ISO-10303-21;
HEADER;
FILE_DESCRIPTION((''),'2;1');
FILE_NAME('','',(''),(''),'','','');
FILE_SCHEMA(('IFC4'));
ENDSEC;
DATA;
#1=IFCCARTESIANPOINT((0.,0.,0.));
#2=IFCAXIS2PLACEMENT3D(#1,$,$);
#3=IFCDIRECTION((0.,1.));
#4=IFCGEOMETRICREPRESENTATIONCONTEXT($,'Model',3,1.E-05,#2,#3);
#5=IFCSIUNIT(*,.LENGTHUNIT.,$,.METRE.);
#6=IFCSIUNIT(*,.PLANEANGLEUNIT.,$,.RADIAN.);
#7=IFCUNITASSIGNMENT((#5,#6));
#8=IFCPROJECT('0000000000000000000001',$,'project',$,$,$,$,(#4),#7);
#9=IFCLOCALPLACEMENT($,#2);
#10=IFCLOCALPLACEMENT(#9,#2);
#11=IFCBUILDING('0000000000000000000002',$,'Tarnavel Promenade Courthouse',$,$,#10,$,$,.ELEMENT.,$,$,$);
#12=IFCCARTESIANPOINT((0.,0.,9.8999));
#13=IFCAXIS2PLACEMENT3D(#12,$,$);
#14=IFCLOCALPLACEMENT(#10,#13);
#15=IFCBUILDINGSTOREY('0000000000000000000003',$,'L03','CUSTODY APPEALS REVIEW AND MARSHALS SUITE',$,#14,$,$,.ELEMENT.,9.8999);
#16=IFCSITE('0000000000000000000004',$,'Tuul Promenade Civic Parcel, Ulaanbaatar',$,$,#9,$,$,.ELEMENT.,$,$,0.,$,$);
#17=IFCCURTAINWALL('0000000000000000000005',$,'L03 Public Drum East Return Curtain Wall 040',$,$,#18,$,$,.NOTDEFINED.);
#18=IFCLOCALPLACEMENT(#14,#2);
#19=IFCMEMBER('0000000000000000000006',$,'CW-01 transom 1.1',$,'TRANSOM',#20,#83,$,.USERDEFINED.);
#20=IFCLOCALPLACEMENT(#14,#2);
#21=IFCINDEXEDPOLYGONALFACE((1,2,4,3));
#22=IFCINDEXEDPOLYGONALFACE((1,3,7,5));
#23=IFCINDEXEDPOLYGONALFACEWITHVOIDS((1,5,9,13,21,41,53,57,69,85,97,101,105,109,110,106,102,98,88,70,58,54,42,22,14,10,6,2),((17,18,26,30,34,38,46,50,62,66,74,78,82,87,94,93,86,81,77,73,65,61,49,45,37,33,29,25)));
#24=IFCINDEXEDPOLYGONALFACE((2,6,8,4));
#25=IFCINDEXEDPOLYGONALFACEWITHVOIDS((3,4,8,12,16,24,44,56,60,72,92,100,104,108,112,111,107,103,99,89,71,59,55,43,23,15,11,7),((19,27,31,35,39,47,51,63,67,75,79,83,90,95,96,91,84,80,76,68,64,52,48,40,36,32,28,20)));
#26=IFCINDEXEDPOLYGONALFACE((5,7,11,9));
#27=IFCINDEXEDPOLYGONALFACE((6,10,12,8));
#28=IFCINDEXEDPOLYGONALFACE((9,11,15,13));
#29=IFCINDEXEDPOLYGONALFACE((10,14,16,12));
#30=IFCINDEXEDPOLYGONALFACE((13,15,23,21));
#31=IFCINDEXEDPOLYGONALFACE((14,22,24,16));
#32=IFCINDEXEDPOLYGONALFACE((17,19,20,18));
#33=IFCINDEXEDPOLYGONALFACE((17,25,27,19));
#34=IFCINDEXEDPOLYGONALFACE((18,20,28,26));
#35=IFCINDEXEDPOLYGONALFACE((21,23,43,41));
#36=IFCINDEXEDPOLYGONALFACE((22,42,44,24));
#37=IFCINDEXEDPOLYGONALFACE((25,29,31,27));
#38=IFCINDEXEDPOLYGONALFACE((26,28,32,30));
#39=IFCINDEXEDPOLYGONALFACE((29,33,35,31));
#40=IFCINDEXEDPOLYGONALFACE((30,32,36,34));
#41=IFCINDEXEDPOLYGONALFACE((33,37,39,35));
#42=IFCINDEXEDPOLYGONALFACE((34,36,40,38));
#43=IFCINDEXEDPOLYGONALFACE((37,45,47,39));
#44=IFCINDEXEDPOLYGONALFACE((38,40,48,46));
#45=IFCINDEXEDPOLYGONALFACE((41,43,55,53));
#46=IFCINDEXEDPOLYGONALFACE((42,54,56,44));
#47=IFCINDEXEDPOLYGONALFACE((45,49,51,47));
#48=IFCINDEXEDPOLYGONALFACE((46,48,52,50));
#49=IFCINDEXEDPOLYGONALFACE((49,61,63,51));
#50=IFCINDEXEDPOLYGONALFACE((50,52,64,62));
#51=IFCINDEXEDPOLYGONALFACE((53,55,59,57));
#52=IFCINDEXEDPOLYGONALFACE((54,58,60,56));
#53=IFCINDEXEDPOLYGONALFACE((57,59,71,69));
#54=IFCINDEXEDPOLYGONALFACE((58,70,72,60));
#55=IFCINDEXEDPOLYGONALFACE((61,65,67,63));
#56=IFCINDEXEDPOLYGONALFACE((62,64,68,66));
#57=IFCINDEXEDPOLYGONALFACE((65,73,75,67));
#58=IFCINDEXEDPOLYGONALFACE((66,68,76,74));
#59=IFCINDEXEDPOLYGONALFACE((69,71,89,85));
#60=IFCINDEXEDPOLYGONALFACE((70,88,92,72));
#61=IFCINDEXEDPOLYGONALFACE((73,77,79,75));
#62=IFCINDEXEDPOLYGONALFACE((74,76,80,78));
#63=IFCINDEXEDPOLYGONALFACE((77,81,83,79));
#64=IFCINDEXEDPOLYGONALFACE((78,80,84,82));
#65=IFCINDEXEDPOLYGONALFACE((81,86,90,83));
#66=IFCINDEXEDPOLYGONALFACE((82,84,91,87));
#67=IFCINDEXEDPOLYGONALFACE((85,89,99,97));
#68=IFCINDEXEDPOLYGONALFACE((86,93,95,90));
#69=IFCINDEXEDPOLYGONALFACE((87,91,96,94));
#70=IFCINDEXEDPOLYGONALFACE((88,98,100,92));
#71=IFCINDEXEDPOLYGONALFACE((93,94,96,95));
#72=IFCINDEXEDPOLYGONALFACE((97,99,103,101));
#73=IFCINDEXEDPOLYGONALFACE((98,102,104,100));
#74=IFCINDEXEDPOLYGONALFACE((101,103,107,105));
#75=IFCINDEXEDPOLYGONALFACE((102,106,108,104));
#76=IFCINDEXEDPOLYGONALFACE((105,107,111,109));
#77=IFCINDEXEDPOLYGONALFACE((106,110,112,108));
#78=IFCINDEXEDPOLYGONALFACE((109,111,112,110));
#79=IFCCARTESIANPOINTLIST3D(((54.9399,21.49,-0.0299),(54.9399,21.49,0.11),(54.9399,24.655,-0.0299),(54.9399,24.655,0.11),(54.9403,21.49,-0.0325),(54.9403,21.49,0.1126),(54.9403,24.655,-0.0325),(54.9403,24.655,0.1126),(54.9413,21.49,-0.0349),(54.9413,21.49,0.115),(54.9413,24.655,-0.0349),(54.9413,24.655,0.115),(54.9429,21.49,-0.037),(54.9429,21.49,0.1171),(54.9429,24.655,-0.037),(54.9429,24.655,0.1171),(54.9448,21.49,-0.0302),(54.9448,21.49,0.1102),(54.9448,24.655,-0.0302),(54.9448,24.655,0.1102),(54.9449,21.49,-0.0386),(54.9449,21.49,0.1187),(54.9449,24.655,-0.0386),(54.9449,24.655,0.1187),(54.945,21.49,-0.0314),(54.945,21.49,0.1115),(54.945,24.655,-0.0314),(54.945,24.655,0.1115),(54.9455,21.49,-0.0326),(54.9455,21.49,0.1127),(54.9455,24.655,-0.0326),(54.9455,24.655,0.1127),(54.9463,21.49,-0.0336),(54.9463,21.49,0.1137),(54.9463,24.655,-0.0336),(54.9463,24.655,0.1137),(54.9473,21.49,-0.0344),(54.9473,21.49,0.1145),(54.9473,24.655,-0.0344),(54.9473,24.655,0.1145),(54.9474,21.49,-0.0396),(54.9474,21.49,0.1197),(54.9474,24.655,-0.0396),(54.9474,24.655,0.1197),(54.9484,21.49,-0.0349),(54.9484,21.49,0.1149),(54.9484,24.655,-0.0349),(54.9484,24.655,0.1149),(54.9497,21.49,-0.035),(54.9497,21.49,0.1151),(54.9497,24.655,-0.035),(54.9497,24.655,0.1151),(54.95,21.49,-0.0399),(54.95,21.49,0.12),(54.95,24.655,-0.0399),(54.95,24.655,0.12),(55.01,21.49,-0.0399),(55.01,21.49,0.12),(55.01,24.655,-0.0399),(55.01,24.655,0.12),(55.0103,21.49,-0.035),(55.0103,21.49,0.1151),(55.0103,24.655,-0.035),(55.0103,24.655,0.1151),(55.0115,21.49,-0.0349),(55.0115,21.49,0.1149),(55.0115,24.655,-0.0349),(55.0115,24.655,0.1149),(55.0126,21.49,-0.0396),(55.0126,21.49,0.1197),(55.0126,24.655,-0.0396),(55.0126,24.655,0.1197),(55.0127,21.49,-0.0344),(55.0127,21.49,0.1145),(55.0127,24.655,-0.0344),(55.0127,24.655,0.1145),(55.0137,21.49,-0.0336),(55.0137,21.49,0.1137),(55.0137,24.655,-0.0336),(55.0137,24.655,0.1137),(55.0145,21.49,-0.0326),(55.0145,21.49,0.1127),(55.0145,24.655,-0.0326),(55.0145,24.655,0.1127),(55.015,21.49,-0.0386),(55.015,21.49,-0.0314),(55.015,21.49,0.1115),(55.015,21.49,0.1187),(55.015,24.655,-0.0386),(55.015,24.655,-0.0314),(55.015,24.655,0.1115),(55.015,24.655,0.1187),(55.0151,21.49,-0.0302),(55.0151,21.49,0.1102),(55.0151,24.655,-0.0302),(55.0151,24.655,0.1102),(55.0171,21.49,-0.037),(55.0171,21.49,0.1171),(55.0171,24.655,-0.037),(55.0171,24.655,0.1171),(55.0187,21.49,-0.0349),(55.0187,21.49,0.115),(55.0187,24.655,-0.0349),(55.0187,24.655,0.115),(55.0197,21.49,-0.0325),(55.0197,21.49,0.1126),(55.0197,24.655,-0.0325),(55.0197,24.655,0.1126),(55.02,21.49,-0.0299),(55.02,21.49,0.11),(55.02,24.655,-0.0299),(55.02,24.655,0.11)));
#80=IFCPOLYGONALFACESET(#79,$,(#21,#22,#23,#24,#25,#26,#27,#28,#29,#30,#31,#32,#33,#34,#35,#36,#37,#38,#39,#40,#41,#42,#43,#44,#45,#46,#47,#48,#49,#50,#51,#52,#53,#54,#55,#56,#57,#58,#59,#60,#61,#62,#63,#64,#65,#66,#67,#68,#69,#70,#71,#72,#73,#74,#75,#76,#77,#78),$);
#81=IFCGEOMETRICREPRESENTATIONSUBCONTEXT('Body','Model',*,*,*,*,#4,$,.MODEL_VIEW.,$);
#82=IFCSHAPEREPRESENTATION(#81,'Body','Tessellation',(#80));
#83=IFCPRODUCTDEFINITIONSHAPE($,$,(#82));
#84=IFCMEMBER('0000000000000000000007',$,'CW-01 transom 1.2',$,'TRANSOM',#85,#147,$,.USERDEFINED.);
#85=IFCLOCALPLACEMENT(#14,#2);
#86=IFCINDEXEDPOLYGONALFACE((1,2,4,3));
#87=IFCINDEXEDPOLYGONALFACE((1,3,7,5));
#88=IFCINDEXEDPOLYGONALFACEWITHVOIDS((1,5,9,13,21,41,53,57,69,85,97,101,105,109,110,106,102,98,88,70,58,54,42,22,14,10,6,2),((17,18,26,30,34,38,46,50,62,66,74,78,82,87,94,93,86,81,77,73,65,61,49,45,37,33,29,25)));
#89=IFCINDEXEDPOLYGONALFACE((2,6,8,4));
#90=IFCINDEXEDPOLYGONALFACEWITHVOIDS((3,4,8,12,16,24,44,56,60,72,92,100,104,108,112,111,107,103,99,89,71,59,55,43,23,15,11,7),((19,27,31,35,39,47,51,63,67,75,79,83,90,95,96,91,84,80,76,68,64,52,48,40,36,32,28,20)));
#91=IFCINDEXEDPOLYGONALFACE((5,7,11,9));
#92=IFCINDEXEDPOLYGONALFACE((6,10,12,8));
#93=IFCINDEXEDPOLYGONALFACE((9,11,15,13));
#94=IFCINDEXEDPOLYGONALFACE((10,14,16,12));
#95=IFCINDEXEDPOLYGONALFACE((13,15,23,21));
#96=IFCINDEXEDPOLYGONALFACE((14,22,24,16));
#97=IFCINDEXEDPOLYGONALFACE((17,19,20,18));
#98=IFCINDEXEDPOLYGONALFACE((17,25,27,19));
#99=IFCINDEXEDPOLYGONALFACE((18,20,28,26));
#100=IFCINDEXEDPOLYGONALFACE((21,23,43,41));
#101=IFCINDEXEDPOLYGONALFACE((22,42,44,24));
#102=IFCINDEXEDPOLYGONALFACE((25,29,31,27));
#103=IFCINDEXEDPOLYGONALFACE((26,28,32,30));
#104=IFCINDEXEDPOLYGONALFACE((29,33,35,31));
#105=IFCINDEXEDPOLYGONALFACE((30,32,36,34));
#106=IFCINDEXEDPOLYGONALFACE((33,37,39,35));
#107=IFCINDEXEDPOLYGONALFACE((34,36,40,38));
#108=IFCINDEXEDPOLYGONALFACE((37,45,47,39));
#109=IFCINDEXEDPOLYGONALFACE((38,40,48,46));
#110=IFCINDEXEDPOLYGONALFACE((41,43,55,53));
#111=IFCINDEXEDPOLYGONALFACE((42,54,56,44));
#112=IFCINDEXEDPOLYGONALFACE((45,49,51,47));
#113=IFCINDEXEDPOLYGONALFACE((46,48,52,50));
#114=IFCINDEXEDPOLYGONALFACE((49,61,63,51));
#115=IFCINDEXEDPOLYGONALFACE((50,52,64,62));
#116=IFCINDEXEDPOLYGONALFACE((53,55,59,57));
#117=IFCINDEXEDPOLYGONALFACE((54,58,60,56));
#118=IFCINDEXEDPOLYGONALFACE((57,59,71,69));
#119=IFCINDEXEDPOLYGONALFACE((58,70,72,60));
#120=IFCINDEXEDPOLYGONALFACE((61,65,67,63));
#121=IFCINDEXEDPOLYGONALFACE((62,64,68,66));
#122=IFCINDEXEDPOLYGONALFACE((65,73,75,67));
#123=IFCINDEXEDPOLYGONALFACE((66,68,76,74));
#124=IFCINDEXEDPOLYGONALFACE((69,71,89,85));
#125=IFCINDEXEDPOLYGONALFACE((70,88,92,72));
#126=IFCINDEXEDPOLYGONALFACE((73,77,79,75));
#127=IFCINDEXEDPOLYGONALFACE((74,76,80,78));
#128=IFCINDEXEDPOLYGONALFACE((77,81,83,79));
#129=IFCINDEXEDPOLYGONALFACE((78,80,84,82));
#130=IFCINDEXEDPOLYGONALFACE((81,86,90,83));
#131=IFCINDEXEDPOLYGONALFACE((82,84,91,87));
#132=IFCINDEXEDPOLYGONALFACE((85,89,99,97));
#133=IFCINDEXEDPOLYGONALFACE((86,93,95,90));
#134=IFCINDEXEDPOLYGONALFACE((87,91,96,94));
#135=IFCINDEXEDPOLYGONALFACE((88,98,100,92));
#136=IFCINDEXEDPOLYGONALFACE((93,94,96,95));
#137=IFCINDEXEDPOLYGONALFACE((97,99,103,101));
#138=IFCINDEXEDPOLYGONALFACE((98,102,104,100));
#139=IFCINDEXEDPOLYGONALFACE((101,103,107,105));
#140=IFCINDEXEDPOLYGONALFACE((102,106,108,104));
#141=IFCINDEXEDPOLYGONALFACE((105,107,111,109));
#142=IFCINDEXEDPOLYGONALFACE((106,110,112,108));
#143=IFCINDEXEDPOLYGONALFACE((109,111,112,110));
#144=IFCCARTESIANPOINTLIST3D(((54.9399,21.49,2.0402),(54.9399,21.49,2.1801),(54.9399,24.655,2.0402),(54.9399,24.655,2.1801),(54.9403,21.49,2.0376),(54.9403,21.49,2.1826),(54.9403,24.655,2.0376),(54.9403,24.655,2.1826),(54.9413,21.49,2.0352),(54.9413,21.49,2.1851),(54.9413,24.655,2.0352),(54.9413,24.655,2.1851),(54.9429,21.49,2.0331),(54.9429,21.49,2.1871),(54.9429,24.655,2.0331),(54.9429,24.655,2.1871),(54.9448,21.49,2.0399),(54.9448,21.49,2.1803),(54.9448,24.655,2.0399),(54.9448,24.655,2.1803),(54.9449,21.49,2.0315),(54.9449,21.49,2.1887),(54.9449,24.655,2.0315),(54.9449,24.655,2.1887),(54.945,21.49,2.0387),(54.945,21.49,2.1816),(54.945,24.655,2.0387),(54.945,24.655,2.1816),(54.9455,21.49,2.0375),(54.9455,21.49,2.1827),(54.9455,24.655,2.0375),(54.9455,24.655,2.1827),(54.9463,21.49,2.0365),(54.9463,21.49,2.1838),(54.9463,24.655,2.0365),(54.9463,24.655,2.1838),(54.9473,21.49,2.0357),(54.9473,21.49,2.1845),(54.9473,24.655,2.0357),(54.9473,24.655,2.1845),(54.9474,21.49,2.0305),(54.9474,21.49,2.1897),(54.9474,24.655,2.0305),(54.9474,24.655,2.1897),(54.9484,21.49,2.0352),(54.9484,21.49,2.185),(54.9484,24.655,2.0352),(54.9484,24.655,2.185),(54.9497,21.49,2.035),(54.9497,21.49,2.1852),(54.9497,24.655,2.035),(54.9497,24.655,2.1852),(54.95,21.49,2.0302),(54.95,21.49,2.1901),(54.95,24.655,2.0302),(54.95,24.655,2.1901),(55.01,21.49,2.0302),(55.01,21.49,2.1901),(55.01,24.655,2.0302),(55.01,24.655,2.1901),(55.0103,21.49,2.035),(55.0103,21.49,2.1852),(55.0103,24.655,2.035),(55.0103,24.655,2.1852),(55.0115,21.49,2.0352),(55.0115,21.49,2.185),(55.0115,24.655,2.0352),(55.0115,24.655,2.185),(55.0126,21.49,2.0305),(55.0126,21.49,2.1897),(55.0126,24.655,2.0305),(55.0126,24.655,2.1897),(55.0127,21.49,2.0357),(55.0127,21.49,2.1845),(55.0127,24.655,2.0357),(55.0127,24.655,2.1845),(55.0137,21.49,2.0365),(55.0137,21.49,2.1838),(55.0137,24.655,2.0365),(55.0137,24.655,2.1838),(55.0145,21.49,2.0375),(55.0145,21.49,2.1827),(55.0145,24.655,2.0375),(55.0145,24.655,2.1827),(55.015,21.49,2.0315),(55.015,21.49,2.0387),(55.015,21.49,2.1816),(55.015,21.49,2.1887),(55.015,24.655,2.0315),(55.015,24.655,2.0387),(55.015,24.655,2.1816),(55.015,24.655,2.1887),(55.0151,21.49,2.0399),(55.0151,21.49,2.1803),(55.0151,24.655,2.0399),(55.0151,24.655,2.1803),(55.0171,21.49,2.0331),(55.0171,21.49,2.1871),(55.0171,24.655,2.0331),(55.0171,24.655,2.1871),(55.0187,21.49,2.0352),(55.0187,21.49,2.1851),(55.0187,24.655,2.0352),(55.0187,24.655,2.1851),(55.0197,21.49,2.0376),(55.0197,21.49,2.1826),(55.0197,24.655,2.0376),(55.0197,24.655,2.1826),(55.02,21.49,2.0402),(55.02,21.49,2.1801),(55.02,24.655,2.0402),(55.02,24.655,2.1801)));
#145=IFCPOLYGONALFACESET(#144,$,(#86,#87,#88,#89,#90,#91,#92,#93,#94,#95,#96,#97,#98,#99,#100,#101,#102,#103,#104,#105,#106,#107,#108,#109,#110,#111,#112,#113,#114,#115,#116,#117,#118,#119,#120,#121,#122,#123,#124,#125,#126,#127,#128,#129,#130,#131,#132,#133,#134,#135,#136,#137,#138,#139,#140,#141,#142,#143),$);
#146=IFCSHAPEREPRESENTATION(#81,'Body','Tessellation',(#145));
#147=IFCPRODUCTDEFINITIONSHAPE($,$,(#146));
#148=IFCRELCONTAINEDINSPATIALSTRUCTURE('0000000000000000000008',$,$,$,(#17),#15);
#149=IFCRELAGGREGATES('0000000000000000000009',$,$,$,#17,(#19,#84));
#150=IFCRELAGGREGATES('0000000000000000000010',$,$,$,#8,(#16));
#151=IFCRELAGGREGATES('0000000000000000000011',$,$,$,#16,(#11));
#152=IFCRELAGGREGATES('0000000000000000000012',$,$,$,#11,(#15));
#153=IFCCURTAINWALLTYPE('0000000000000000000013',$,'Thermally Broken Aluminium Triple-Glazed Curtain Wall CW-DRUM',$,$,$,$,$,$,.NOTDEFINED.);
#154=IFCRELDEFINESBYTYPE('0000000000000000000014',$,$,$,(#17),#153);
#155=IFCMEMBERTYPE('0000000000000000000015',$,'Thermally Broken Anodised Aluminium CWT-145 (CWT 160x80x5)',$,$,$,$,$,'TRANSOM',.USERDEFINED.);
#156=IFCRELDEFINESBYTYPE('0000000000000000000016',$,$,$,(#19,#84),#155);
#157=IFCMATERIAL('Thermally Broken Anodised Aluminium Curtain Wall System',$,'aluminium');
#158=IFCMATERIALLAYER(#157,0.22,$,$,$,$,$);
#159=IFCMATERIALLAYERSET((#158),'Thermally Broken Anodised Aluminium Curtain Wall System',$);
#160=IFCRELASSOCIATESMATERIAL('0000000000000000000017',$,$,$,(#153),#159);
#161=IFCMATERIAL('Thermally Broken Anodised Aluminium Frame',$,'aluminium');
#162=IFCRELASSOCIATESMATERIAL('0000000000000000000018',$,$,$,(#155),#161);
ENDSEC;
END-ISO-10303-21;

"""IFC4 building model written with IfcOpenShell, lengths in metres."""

from ifc_helpers import new_model, si_unit, direction, frame, origin, origin_2d, place, context, subcontext, project, spatial, hollow_rectangle, extrude, material, layer, layer_set, material_profile, profile_set, type_object, element, aggregate, save


model = new_model("IFC4")

# Units and contexts
model_context = context("Model", 3, precision=1e-05, world=origin(), true_north=direction((0.0, 1.0)))
body_context = subcontext(model_context, "Body", "Model", "MODEL_VIEW")
ifc_project = project(units=[si_unit("LENGTHUNIT", "METRE"), si_unit("PLANEANGLEUNIT", "RADIAN")], contexts=[model_context])

# Site, building, storey
site_placement = place(None, origin())
site = spatial("IfcSite", under=ifc_project, at=site_placement, Name="Tuul Promenade Civic Parcel, Ulaanbaatar", CompositionType="ELEMENT", RefElevation=0.0)
building_placement = place(site_placement, origin())
building = spatial("IfcBuilding", under=site, at=building_placement, Name="Tarnavel Promenade Courthouse", CompositionType="ELEMENT")
storey_placement = place(building_placement, frame((0.0, 0.0, 9.8999)))
storey = spatial("IfcBuildingStorey", under=building, at=storey_placement, Name="L03", Description="CUSTODY APPEALS REVIEW AND MARSHALS SUITE", CompositionType="ELEMENT", Elevation=9.8999)

# Curtain wall
ifc_material_1 = material(Name="Thermally Broken Anodised Aluminium Curtain Wall System", Category="aluminium")
ifc_layer_1 = layer(ifc_material_1, 0.22)
ifc_layer_set_1 = layer_set([ifc_layer_1], Name="Thermally Broken Anodised Aluminium Curtain Wall System")
curtain_wall_type = type_object("IfcCurtainWallType", Name="Thermally Broken Aluminium Triple-Glazed Curtain Wall CW-DRUM", PredefinedType="NOTDEFINED", material=ifc_layer_set_1)
ifc_material_2 = material(Name="Thermally Broken Anodised Aluminium Frame", Category="aluminium")
curtain_wall_1_placement = place(storey_placement, origin())
curtain_wall_1 = element("IfcCurtainWall", 1, at=curtain_wall_1_placement, inside=storey, type_object=curtain_wall_type, Name="L03 Public Drum East Return Curtain Wall 040", PredefinedType="NOTDEFINED")

# Members
ifc_material_profile_1 = material_profile(ifc_material_2, hollow_rectangle(XDim=0.0801, YDim=0.1599, WallThickness=0.0049, InnerFilletRadius=0.0049, OuterFilletRadius=0.01, at=origin_2d()), Name="CWT 160x80x5")
ifc_profile_set_1 = profile_set([ifc_material_profile_1], Name="Thermally Broken Anodised Aluminium Frame")
member_type_1 = type_object("IfcMemberType", Name="Thermally Broken Anodised Aluminium CWT-145 (CWT 160x80x5)", ElementType="TRANSOM", PredefinedType="USERDEFINED", material=ifc_profile_set_1)
member_1_placement = place(storey_placement, frame((54.98, 21.49, 0.04), z_axis=(0.0, 1.0, 0.0), x_axis=(-1.0, 0.0, 0.0)))
member_1 = element("IfcMember", 2, at=member_1_placement, type_object=member_type_1, Name="CW-01 transom 1.1", ObjectType="TRANSOM", PredefinedType="USERDEFINED", context=body_context, shape_type="SweptSolid", body=[
    extrude(hollow_rectangle(XDim=0.0801, YDim=0.1599, WallThickness=0.0049, InnerFilletRadius=0.0049, OuterFilletRadius=0.01, at=origin_2d()), origin(), (0.0, 0.0, 1.0), 3.165),
])
member_2_placement = place(storey_placement, frame((54.98, 21.49, 2.1101), z_axis=(0.0, 1.0, 0.0), x_axis=(-1.0, 0.0, 0.0)))
member_2 = element("IfcMember", 3, at=member_2_placement, type_object=member_type_1, Name="CW-01 transom 1.2", ObjectType="TRANSOM", PredefinedType="USERDEFINED", context=body_context, shape_type="SweptSolid", body=[
    extrude(hollow_rectangle(XDim=0.0801, YDim=0.1599, WallThickness=0.0049, InnerFilletRadius=0.0049, OuterFilletRadius=0.01, at=origin_2d()), origin(), (0.0, 0.0, 1.0), 3.165),
])

aggregate(curtain_wall_1, [member_1, member_2])

save(model, "model.ifc")
